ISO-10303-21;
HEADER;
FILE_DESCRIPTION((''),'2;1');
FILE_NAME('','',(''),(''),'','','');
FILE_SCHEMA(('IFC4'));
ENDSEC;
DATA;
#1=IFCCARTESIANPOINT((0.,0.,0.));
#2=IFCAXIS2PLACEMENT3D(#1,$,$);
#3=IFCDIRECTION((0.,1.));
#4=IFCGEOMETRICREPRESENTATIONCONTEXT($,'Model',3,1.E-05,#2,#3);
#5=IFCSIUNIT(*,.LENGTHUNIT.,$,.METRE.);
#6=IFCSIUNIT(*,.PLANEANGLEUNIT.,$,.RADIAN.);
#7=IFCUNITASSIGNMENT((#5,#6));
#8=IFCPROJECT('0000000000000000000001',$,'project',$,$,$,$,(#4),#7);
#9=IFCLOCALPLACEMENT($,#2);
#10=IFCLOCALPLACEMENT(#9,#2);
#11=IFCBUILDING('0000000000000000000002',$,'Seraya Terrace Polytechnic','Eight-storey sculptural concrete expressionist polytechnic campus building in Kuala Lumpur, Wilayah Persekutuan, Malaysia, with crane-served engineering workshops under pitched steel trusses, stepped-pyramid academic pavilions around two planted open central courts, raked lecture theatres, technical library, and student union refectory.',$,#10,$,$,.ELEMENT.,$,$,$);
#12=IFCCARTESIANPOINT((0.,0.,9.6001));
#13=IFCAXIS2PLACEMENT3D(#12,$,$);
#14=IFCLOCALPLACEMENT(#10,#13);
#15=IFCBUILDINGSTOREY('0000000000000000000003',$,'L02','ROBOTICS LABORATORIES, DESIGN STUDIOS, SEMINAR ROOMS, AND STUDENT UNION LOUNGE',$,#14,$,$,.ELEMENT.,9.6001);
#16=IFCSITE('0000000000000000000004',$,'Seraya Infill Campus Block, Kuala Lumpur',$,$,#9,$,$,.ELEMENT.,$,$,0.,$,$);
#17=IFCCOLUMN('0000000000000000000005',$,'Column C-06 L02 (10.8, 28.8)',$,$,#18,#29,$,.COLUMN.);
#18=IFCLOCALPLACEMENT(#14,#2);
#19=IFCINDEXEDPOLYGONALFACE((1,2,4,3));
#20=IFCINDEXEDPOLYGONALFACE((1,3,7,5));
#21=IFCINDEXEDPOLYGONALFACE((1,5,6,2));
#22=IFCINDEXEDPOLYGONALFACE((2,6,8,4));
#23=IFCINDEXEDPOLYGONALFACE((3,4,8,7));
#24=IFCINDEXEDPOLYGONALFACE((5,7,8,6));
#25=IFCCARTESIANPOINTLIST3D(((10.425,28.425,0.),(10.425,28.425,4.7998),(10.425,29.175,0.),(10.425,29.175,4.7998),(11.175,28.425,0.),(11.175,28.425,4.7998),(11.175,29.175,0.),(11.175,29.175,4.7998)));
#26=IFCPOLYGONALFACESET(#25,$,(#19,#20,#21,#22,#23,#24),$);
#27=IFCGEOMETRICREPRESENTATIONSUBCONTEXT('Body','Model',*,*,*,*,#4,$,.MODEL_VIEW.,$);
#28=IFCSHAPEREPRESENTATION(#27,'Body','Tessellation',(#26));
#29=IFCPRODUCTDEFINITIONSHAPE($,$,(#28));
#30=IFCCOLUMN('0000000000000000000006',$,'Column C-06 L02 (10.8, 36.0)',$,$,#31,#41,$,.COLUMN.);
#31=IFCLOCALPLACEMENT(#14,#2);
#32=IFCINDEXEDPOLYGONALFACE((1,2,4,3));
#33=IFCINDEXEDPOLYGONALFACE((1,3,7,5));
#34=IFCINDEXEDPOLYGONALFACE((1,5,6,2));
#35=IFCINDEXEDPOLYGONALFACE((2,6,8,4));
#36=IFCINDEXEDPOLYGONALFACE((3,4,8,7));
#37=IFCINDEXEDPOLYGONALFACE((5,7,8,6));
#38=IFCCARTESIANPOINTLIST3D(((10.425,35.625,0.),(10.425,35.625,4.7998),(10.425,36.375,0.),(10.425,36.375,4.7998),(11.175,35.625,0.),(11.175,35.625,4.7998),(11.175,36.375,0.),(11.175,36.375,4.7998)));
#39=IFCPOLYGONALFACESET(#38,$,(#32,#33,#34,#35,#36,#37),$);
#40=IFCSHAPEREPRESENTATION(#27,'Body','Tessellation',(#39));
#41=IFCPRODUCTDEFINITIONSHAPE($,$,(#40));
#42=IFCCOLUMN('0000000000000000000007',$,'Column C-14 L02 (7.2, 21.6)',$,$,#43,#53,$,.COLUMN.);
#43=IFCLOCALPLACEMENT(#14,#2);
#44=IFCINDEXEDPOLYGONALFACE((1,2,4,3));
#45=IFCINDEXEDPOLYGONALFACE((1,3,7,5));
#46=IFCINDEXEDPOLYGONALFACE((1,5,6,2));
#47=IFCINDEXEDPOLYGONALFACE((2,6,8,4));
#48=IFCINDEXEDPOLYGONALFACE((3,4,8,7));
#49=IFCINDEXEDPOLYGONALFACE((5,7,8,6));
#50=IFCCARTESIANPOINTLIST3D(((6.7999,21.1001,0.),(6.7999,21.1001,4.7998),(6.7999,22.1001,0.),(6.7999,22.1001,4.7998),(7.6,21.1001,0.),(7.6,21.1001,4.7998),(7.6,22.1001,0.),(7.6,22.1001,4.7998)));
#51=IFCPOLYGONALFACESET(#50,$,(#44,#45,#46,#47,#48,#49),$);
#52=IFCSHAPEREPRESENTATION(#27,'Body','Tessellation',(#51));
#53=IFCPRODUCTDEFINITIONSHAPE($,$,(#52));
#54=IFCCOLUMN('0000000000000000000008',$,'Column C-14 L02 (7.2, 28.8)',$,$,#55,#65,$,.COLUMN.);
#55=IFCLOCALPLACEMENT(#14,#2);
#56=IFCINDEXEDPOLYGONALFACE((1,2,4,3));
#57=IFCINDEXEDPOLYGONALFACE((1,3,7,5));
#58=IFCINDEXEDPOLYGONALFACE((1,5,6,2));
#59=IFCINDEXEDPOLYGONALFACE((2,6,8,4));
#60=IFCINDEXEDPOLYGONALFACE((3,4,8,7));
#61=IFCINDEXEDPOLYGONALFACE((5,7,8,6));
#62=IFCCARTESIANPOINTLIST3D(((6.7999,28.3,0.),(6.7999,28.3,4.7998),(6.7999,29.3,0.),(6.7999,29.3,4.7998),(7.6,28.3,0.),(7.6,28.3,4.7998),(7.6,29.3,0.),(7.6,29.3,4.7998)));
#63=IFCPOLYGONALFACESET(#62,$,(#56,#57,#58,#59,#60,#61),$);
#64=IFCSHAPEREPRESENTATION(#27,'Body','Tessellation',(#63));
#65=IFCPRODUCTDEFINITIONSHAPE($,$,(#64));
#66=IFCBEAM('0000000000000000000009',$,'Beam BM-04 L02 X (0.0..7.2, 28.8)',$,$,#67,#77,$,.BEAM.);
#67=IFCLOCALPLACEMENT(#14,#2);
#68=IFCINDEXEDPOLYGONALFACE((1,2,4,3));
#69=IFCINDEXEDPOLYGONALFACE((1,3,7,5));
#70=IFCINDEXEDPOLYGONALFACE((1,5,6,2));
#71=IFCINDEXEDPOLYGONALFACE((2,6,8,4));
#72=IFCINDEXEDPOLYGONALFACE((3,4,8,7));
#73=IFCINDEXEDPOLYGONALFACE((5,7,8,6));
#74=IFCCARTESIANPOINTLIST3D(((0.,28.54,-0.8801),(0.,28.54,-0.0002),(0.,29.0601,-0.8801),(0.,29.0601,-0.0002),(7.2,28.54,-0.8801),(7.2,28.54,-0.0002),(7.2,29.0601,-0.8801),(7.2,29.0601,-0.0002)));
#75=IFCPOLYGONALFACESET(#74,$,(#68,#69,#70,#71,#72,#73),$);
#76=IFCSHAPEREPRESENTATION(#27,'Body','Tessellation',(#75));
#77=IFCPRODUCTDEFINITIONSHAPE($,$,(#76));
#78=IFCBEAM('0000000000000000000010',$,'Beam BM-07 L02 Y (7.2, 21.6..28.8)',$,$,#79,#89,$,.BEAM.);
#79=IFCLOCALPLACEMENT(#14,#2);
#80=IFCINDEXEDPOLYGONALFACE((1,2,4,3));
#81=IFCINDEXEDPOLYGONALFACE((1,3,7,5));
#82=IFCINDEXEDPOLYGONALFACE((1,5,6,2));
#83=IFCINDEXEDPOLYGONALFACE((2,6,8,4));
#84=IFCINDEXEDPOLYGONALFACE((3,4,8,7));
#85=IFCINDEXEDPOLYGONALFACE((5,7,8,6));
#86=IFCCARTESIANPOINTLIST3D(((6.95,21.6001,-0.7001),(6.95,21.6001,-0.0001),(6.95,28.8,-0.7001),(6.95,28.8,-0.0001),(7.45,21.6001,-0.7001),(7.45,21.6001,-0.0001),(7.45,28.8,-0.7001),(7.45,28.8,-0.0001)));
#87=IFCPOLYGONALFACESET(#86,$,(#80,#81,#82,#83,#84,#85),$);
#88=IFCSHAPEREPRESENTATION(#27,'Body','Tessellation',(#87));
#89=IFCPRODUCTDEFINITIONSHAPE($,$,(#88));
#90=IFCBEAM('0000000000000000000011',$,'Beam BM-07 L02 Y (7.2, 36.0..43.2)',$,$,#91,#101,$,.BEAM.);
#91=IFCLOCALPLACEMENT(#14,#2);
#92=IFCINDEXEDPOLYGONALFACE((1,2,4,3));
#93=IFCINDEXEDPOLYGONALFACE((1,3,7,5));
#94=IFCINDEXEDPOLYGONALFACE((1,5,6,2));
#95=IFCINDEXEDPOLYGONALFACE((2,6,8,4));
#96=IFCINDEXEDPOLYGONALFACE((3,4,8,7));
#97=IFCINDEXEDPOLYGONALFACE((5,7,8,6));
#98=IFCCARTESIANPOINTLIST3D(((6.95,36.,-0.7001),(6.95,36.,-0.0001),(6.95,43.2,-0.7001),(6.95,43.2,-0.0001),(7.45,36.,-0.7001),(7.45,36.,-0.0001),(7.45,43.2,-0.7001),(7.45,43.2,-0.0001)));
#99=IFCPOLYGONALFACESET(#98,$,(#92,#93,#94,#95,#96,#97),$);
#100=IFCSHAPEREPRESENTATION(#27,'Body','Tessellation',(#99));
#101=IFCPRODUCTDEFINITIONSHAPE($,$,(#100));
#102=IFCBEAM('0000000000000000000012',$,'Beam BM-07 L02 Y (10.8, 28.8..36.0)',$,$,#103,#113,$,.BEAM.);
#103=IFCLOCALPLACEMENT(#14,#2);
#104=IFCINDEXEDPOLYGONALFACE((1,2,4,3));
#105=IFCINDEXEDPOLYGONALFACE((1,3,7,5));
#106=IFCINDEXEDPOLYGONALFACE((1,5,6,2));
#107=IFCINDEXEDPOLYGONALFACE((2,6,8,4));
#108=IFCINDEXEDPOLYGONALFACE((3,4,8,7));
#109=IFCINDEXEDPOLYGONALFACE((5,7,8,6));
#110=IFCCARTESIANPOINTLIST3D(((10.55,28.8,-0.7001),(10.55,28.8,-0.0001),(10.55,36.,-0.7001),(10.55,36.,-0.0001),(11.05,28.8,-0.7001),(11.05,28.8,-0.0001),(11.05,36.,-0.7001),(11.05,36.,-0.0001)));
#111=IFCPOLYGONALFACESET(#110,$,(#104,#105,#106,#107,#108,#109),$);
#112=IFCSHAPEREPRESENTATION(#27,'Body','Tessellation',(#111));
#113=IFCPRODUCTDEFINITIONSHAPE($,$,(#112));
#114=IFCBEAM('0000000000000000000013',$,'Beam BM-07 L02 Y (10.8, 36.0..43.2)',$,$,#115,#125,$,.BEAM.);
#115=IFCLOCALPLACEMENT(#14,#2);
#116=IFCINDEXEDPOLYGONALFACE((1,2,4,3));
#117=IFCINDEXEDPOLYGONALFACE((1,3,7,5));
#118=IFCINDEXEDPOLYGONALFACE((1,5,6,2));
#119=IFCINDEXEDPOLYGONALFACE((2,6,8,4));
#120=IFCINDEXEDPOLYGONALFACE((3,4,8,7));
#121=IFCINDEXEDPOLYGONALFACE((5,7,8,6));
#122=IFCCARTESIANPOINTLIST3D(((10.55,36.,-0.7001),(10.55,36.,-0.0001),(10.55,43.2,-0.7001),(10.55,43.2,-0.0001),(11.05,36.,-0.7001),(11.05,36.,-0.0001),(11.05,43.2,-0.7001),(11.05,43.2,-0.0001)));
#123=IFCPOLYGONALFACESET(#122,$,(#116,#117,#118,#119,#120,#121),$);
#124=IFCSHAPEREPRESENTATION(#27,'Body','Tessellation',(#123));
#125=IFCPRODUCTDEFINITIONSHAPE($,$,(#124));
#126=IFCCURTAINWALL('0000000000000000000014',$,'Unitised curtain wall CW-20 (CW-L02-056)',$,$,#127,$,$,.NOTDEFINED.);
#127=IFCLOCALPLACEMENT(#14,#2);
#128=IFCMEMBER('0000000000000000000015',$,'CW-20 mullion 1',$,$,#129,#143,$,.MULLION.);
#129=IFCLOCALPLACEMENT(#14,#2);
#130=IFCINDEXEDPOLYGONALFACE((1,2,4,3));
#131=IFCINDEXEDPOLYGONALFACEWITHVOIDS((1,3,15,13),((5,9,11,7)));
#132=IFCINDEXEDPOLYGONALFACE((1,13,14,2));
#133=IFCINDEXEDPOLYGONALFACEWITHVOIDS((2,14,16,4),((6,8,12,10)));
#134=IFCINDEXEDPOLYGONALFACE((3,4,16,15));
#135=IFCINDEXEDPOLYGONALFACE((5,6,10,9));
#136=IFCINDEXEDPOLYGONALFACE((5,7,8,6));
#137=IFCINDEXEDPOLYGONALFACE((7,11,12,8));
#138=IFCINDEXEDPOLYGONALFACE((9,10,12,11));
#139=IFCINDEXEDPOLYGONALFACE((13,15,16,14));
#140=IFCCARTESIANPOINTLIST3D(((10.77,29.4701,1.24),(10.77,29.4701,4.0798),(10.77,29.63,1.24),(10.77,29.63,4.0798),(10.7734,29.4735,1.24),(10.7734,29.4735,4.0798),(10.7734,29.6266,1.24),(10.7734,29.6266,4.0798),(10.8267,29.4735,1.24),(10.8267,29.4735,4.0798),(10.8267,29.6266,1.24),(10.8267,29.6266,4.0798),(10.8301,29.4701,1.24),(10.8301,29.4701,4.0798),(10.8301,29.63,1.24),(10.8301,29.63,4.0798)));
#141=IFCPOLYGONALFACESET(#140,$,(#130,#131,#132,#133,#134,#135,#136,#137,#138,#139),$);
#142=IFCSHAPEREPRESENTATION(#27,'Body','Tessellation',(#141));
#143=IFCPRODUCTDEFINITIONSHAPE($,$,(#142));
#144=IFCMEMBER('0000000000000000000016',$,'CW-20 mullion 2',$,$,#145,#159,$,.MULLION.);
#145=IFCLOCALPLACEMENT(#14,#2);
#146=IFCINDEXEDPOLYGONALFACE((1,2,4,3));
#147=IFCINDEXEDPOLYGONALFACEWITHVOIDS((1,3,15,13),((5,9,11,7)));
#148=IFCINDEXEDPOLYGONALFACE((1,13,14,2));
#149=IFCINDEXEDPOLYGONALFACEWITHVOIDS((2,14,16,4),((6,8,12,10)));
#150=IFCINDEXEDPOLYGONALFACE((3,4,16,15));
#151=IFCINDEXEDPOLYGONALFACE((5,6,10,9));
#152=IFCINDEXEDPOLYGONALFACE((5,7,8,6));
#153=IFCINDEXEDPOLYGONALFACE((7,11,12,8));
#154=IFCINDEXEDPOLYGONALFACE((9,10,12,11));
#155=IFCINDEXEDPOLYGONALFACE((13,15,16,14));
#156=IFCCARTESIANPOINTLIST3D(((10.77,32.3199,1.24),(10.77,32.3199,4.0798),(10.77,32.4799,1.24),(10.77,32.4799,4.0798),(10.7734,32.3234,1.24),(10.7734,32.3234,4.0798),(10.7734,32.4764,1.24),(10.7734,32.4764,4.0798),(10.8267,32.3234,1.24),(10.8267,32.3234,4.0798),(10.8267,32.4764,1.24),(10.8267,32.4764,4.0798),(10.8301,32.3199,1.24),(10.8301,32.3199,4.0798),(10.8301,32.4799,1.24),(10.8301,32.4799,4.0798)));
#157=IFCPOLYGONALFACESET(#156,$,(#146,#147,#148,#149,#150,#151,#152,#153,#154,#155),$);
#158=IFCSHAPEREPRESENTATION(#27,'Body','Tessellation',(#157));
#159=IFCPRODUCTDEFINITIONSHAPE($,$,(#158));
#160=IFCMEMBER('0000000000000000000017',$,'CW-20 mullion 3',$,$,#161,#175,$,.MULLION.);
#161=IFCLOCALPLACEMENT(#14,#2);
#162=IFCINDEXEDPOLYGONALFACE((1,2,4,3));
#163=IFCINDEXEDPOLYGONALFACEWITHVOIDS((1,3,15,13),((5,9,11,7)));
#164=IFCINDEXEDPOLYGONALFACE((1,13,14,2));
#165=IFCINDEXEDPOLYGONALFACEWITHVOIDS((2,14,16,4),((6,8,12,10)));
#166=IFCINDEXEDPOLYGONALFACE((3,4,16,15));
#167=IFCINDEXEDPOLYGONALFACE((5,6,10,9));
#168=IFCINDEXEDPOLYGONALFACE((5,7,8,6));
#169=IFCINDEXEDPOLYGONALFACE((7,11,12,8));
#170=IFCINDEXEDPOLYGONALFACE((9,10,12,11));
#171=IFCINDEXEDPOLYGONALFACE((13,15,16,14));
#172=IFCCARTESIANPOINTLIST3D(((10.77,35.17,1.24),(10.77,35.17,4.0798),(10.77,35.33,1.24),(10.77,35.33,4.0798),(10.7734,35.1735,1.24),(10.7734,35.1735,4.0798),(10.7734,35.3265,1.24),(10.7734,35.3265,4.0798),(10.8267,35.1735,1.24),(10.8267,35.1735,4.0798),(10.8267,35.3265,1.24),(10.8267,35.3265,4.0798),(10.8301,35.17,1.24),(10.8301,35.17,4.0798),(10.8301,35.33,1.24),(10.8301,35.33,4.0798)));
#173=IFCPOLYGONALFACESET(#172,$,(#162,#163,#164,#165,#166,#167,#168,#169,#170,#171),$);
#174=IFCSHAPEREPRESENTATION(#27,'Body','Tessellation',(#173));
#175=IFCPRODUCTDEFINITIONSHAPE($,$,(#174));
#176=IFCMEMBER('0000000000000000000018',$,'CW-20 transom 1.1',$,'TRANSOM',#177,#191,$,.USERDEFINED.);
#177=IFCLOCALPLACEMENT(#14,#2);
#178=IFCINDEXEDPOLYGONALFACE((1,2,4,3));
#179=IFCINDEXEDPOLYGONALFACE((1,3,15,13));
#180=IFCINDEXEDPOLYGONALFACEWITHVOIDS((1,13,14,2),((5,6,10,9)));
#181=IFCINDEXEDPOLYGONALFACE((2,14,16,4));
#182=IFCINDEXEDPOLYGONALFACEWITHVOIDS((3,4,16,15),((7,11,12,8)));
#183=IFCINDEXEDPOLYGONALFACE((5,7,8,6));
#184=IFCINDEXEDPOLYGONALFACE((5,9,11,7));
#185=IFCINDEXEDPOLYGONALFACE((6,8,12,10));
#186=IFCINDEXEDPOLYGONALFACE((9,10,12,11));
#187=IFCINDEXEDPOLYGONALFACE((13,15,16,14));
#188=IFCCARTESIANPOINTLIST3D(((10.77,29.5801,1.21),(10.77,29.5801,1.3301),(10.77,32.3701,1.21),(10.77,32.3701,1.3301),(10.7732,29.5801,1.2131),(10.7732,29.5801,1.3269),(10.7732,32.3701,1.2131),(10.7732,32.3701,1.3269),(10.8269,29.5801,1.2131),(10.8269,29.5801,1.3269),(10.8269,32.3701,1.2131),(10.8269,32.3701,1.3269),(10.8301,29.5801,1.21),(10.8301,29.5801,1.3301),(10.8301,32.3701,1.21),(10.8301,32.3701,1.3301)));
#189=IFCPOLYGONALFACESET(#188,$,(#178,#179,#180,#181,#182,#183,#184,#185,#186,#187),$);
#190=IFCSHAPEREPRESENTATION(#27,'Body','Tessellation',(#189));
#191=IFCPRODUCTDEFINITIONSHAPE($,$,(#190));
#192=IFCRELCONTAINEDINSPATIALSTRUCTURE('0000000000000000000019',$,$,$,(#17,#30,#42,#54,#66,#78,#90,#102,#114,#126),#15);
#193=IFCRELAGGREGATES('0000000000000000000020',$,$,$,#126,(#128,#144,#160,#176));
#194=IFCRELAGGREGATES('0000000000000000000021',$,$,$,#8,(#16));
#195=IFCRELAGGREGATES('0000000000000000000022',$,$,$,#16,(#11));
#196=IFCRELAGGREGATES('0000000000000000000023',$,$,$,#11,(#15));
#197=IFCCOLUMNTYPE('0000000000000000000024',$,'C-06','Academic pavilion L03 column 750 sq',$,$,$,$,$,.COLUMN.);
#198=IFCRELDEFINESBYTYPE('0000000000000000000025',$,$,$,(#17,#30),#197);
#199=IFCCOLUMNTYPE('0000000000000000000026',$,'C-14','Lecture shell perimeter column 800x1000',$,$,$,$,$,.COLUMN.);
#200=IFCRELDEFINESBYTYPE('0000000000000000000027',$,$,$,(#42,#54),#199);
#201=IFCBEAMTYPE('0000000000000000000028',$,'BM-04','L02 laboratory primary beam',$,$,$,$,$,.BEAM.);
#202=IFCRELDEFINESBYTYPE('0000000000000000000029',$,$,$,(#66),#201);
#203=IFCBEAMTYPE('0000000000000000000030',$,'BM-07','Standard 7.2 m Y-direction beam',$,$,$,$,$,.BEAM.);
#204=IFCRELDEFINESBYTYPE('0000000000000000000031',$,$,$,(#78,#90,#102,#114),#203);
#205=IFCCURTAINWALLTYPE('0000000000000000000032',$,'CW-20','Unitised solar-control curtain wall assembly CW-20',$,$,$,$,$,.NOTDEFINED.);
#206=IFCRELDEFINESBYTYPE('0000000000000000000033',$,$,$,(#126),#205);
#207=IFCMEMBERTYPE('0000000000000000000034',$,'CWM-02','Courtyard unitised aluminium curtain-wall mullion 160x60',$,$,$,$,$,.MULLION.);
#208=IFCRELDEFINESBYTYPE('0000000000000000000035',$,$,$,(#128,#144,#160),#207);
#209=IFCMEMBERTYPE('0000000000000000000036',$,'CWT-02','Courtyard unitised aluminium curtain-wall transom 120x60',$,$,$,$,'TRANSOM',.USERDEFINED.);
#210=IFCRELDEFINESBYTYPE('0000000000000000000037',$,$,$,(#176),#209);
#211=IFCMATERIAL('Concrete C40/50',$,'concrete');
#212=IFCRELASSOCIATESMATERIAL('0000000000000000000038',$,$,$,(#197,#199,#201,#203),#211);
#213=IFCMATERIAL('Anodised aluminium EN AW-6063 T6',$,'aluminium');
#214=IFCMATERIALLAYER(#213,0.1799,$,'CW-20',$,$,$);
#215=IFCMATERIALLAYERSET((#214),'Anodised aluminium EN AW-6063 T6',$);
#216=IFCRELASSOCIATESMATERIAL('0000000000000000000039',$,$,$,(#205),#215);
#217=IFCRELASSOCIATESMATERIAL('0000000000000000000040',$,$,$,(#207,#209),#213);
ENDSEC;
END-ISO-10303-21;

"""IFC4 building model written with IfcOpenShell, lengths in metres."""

from ifc_helpers import new_model, si_unit, direction, frame, origin, origin_2d, place, context, subcontext, project, spatial, rectangle, hollow_rectangle, extrude, material, layer, layer_set, material_profile, profile_set, type_object, element, aggregate, save


model = new_model("IFC4")

# Units and contexts
model_context = context("Model", 3, precision=1e-05, world=origin(), true_north=direction((0.0, 1.0)))
body_context = subcontext(model_context, "Body", "Model", "MODEL_VIEW")
ifc_project = project(units=[si_unit("LENGTHUNIT", "METRE"), si_unit("PLANEANGLEUNIT", "RADIAN")], contexts=[model_context])

# Site, building, storey
site_placement = place(None, origin())
site = spatial("IfcSite", under=ifc_project, at=site_placement, Name="Seraya Infill Campus Block, Kuala Lumpur", CompositionType="ELEMENT", RefElevation=0.0)
building_placement = place(site_placement, origin())
building = spatial("IfcBuilding", under=site, at=building_placement, Name="Seraya Terrace Polytechnic", Description="Eight-storey sculptural concrete expressionist polytechnic campus building in Kuala Lumpur, Wilayah Persekutuan, Malaysia, with crane-served engineering workshops under pitched steel trusses, stepped-pyramid academic pavilions around two planted open central courts, raked lecture theatres, technical library, and student union refectory.", CompositionType="ELEMENT")
storey_placement = place(building_placement, frame((0.0, 0.0, 9.6001)))
storey = spatial("IfcBuildingStorey", under=building, at=storey_placement, Name="L02", Description="ROBOTICS LABORATORIES, DESIGN STUDIOS, SEMINAR ROOMS, AND STUDENT UNION LOUNGE", CompositionType="ELEMENT", Elevation=9.6001)

# Columns
ifc_material_1 = material(Name="Concrete C40/50", Category="concrete")
ifc_material_profile_1 = material_profile(ifc_material_1, rectangle(XDim=0.75, YDim=0.75, at=origin_2d()), Name="RC 750x750")
ifc_profile_set_1 = profile_set([ifc_material_profile_1], Name="Concrete C40/50")
column_type_1 = type_object("IfcColumnType", Name="C-06", Description="Academic pavilion L03 column 750 sq", PredefinedType="COLUMN", material=ifc_profile_set_1)
for number, where, z_axis, x_axis, name in (
    (1, (10.8, 28.8, 0.0), (0.0, 0.0, 1.0), (1.0, 0.0, 0.0), "Column C-06 L02 (10.8, 28.8)"),
    (2, (10.8, 36.0, 0.0), (0.0, 0.0, 1.0), (1.0, 0.0, 0.0), "Column C-06 L02 (10.8, 36.0)"),
):
    element("IfcColumn", number, at=place(storey_placement, frame(where, z_axis=z_axis, x_axis=x_axis)), inside=storey, type_object=column_type_1, Name=name, PredefinedType="COLUMN", context=body_context, shape_type="SweptSolid", body=[
        extrude(rectangle(XDim=0.75, YDim=0.75, at=origin_2d()), origin(), (0.0, 0.0, 1.0), 4.7998),
    ])
ifc_material_profile_2 = material_profile(ifc_material_1, rectangle(XDim=0.8, YDim=1.0, at=origin_2d()), Name="RC 800x1000")
ifc_profile_set_2 = profile_set([ifc_material_profile_2], Name="Concrete C40/50")
column_type_2 = type_object("IfcColumnType", Name="C-14", Description="Lecture shell perimeter column 800x1000", PredefinedType="COLUMN", material=ifc_profile_set_2)
for number, where, z_axis, x_axis, name in (
    (3, (7.2, 21.6001, 0.0), (0.0, 0.0, 1.0), (1.0, 0.0, 0.0), "Column C-14 L02 (7.2, 21.6)"),
    (4, (7.2, 28.8, 0.0), (0.0, 0.0, 1.0), (1.0, 0.0, 0.0), "Column C-14 L02 (7.2, 28.8)"),
):
    element("IfcColumn", number, at=place(storey_placement, frame(where, z_axis=z_axis, x_axis=x_axis)), inside=storey, type_object=column_type_2, Name=name, PredefinedType="COLUMN", context=body_context, shape_type="SweptSolid", body=[
        extrude(rectangle(XDim=0.8, YDim=1.0, at=origin_2d()), origin(), (0.0, 0.0, 1.0), 4.7998),
    ])

# Beams
ifc_material_profile_3 = material_profile(ifc_material_1, rectangle(XDim=0.52, YDim=0.8799, at=origin_2d()), Name="RC 520x880")
ifc_profile_set_3 = profile_set([ifc_material_profile_3], Name="Concrete C40/50")
beam_type_1 = type_object("IfcBeamType", Name="BM-04", Description="L02 laboratory primary beam", PredefinedType="BEAM", material=ifc_profile_set_3)
beam_1_placement = place(storey_placement, frame((0.0, 28.8, -0.4402), z_axis=(1.0, 0.0, 0.0), x_axis=(0.0, 1.0, 0.0)))
element("IfcBeam", 5, at=beam_1_placement, inside=storey, type_object=beam_type_1, Name="Beam BM-04 L02 X (0.0..7.2, 28.8)", PredefinedType="BEAM", context=body_context, shape_type="SweptSolid", body=[
    extrude(rectangle(XDim=0.52, YDim=0.8799, at=origin_2d()), origin(), (0.0, 0.0, 1.0), 7.2),
])
ifc_material_profile_4 = material_profile(ifc_material_1, rectangle(XDim=0.5, YDim=0.7, at=origin_2d()), Name="RC 500x700")
ifc_profile_set_4 = profile_set([ifc_material_profile_4], Name="Concrete C40/50")
beam_type_2 = type_object("IfcBeamType", Name="BM-07", Description="Standard 7.2 m Y-direction beam", PredefinedType="BEAM", material=ifc_profile_set_4)
for number, where, z_axis, x_axis, name in (
    (6, (7.2, 21.6001, -0.3501), (0.0, 1.0, 0.0), (-1.0, 0.0, 0.0), "Beam BM-07 L02 Y (7.2, 21.6..28.8)"),
    (7, (7.2, 36.0, -0.3501), (0.0, 1.0, 0.0), (-1.0, 0.0, 0.0), "Beam BM-07 L02 Y (7.2, 36.0..43.2)"),
    (8, (10.8, 28.8, -0.3501), (0.0, 1.0, 0.0), (-1.0, 0.0, 0.0), "Beam BM-07 L02 Y (10.8, 28.8..36.0)"),
    (9, (10.8, 36.0, -0.3501), (0.0, 1.0, 0.0), (-1.0, 0.0, 0.0), "Beam BM-07 L02 Y (10.8, 36.0..43.2)"),
):
    element("IfcBeam", number, at=place(storey_placement, frame(where, z_axis=z_axis, x_axis=x_axis)), inside=storey, type_object=beam_type_2, Name=name, PredefinedType="BEAM", context=body_context, shape_type="SweptSolid", body=[
        extrude(rectangle(XDim=0.5, YDim=0.7, at=origin_2d()), origin(), (0.0, 0.0, 1.0), 7.2),
    ])

# Curtain wall, members
ifc_material_2 = material(Name="Anodised aluminium EN AW-6063 T6", Category="aluminium")
ifc_layer_1 = layer(ifc_material_2, 0.1799, Name="CW-20")
ifc_layer_set_1 = layer_set([ifc_layer_1], Name="Anodised aluminium EN AW-6063 T6")
curtain_wall_type = type_object("IfcCurtainWallType", Name="CW-20", Description="Unitised solar-control curtain wall assembly CW-20", PredefinedType="NOTDEFINED", material=ifc_layer_set_1)
curtain_wall_placement = place(storey_placement, origin())
curtain_wall = element("IfcCurtainWall", 10, at=curtain_wall_placement, inside=storey, type_object=curtain_wall_type, Name="Unitised curtain wall CW-20 (CW-L02-056)", PredefinedType="NOTDEFINED")
ifc_material_profile_5 = material_profile(ifc_material_2, hollow_rectangle(XDim=0.0601, YDim=0.1599, WallThickness=0.0034, at=origin_2d()), Name="RHS 160x60x3.5")
ifc_profile_set_5 = profile_set([ifc_material_profile_5], Name="Anodised aluminium EN AW-6063 T6")
member_type_1 = type_object("IfcMemberType", Name="CWM-02", Description="Courtyard unitised aluminium curtain-wall mullion 160x60", PredefinedType="MULLION", material=ifc_profile_set_5)
member_1_placement = place(storey_placement, frame((10.8, 29.55, 1.24), z_axis=(0.0, 0.0, 1.0), x_axis=(-1.0, 0.0, 0.0)))
member_1 = element("IfcMember", 11, at=member_1_placement, type_object=member_type_1, Name="CW-20 mullion 1", PredefinedType="MULLION", context=body_context, shape_type="SweptSolid", body=[
    extrude(hollow_rectangle(XDim=0.0601, YDim=0.1599, WallThickness=0.0034, at=origin_2d()), origin(), (0.0, 0.0, 1.0), 2.8398),
])
member_2_placement = place(storey_placement, frame((10.8, 32.3999, 1.24), z_axis=(0.0, 0.0, 1.0), x_axis=(-1.0, 0.0, 0.0)))
member_2 = element("IfcMember", 12, at=member_2_placement, type_object=member_type_1, Name="CW-20 mullion 2", PredefinedType="MULLION", context=body_context, shape_type="SweptSolid", body=[
    extrude(hollow_rectangle(XDim=0.0601, YDim=0.1599, WallThickness=0.0034, at=origin_2d()), origin(), (0.0, 0.0, 1.0), 2.8398),
])
member_3_placement = place(storey_placement, frame((10.8, 35.25, 1.24), z_axis=(0.0, 0.0, 1.0), x_axis=(-1.0, 0.0, 0.0)))
member_3 = element("IfcMember", 13, at=member_3_placement, type_object=member_type_1, Name="CW-20 mullion 3", PredefinedType="MULLION", context=body_context, shape_type="SweptSolid", body=[
    extrude(hollow_rectangle(XDim=0.0601, YDim=0.1599, WallThickness=0.0034, at=origin_2d()), origin(), (0.0, 0.0, 1.0), 2.8398),
])
ifc_material_profile_6 = material_profile(ifc_material_2, hollow_rectangle(XDim=0.0601, YDim=0.1201, WallThickness=0.0032, at=origin_2d()), Name="RHS 120x60x3.2")
ifc_profile_set_6 = profile_set([ifc_material_profile_6], Name="Anodised aluminium EN AW-6063 T6")
member_type_2 = type_object("IfcMemberType", Name="CWT-02", Description="Courtyard unitised aluminium curtain-wall transom 120x60", ElementType="TRANSOM", PredefinedType="USERDEFINED", material=ifc_profile_set_6)
member_4_placement = place(storey_placement, frame((10.8, 29.5801, 1.27), z_axis=(0.0, 1.0, 0.0), x_axis=(-1.0, 0.0, 0.0)))
member_4 = element("IfcMember", 14, at=member_4_placement, type_object=member_type_2, Name="CW-20 transom 1.1", ObjectType="TRANSOM", PredefinedType="USERDEFINED", context=body_context, shape_type="SweptSolid", body=[
    extrude(hollow_rectangle(XDim=0.0601, YDim=0.1201, WallThickness=0.0032, at=origin_2d()), origin(), (0.0, 0.0, 1.0), 2.79),
])

aggregate(curtain_wall, [member_1, member_2, member_3, member_4])

save(model, "model.ifc")
